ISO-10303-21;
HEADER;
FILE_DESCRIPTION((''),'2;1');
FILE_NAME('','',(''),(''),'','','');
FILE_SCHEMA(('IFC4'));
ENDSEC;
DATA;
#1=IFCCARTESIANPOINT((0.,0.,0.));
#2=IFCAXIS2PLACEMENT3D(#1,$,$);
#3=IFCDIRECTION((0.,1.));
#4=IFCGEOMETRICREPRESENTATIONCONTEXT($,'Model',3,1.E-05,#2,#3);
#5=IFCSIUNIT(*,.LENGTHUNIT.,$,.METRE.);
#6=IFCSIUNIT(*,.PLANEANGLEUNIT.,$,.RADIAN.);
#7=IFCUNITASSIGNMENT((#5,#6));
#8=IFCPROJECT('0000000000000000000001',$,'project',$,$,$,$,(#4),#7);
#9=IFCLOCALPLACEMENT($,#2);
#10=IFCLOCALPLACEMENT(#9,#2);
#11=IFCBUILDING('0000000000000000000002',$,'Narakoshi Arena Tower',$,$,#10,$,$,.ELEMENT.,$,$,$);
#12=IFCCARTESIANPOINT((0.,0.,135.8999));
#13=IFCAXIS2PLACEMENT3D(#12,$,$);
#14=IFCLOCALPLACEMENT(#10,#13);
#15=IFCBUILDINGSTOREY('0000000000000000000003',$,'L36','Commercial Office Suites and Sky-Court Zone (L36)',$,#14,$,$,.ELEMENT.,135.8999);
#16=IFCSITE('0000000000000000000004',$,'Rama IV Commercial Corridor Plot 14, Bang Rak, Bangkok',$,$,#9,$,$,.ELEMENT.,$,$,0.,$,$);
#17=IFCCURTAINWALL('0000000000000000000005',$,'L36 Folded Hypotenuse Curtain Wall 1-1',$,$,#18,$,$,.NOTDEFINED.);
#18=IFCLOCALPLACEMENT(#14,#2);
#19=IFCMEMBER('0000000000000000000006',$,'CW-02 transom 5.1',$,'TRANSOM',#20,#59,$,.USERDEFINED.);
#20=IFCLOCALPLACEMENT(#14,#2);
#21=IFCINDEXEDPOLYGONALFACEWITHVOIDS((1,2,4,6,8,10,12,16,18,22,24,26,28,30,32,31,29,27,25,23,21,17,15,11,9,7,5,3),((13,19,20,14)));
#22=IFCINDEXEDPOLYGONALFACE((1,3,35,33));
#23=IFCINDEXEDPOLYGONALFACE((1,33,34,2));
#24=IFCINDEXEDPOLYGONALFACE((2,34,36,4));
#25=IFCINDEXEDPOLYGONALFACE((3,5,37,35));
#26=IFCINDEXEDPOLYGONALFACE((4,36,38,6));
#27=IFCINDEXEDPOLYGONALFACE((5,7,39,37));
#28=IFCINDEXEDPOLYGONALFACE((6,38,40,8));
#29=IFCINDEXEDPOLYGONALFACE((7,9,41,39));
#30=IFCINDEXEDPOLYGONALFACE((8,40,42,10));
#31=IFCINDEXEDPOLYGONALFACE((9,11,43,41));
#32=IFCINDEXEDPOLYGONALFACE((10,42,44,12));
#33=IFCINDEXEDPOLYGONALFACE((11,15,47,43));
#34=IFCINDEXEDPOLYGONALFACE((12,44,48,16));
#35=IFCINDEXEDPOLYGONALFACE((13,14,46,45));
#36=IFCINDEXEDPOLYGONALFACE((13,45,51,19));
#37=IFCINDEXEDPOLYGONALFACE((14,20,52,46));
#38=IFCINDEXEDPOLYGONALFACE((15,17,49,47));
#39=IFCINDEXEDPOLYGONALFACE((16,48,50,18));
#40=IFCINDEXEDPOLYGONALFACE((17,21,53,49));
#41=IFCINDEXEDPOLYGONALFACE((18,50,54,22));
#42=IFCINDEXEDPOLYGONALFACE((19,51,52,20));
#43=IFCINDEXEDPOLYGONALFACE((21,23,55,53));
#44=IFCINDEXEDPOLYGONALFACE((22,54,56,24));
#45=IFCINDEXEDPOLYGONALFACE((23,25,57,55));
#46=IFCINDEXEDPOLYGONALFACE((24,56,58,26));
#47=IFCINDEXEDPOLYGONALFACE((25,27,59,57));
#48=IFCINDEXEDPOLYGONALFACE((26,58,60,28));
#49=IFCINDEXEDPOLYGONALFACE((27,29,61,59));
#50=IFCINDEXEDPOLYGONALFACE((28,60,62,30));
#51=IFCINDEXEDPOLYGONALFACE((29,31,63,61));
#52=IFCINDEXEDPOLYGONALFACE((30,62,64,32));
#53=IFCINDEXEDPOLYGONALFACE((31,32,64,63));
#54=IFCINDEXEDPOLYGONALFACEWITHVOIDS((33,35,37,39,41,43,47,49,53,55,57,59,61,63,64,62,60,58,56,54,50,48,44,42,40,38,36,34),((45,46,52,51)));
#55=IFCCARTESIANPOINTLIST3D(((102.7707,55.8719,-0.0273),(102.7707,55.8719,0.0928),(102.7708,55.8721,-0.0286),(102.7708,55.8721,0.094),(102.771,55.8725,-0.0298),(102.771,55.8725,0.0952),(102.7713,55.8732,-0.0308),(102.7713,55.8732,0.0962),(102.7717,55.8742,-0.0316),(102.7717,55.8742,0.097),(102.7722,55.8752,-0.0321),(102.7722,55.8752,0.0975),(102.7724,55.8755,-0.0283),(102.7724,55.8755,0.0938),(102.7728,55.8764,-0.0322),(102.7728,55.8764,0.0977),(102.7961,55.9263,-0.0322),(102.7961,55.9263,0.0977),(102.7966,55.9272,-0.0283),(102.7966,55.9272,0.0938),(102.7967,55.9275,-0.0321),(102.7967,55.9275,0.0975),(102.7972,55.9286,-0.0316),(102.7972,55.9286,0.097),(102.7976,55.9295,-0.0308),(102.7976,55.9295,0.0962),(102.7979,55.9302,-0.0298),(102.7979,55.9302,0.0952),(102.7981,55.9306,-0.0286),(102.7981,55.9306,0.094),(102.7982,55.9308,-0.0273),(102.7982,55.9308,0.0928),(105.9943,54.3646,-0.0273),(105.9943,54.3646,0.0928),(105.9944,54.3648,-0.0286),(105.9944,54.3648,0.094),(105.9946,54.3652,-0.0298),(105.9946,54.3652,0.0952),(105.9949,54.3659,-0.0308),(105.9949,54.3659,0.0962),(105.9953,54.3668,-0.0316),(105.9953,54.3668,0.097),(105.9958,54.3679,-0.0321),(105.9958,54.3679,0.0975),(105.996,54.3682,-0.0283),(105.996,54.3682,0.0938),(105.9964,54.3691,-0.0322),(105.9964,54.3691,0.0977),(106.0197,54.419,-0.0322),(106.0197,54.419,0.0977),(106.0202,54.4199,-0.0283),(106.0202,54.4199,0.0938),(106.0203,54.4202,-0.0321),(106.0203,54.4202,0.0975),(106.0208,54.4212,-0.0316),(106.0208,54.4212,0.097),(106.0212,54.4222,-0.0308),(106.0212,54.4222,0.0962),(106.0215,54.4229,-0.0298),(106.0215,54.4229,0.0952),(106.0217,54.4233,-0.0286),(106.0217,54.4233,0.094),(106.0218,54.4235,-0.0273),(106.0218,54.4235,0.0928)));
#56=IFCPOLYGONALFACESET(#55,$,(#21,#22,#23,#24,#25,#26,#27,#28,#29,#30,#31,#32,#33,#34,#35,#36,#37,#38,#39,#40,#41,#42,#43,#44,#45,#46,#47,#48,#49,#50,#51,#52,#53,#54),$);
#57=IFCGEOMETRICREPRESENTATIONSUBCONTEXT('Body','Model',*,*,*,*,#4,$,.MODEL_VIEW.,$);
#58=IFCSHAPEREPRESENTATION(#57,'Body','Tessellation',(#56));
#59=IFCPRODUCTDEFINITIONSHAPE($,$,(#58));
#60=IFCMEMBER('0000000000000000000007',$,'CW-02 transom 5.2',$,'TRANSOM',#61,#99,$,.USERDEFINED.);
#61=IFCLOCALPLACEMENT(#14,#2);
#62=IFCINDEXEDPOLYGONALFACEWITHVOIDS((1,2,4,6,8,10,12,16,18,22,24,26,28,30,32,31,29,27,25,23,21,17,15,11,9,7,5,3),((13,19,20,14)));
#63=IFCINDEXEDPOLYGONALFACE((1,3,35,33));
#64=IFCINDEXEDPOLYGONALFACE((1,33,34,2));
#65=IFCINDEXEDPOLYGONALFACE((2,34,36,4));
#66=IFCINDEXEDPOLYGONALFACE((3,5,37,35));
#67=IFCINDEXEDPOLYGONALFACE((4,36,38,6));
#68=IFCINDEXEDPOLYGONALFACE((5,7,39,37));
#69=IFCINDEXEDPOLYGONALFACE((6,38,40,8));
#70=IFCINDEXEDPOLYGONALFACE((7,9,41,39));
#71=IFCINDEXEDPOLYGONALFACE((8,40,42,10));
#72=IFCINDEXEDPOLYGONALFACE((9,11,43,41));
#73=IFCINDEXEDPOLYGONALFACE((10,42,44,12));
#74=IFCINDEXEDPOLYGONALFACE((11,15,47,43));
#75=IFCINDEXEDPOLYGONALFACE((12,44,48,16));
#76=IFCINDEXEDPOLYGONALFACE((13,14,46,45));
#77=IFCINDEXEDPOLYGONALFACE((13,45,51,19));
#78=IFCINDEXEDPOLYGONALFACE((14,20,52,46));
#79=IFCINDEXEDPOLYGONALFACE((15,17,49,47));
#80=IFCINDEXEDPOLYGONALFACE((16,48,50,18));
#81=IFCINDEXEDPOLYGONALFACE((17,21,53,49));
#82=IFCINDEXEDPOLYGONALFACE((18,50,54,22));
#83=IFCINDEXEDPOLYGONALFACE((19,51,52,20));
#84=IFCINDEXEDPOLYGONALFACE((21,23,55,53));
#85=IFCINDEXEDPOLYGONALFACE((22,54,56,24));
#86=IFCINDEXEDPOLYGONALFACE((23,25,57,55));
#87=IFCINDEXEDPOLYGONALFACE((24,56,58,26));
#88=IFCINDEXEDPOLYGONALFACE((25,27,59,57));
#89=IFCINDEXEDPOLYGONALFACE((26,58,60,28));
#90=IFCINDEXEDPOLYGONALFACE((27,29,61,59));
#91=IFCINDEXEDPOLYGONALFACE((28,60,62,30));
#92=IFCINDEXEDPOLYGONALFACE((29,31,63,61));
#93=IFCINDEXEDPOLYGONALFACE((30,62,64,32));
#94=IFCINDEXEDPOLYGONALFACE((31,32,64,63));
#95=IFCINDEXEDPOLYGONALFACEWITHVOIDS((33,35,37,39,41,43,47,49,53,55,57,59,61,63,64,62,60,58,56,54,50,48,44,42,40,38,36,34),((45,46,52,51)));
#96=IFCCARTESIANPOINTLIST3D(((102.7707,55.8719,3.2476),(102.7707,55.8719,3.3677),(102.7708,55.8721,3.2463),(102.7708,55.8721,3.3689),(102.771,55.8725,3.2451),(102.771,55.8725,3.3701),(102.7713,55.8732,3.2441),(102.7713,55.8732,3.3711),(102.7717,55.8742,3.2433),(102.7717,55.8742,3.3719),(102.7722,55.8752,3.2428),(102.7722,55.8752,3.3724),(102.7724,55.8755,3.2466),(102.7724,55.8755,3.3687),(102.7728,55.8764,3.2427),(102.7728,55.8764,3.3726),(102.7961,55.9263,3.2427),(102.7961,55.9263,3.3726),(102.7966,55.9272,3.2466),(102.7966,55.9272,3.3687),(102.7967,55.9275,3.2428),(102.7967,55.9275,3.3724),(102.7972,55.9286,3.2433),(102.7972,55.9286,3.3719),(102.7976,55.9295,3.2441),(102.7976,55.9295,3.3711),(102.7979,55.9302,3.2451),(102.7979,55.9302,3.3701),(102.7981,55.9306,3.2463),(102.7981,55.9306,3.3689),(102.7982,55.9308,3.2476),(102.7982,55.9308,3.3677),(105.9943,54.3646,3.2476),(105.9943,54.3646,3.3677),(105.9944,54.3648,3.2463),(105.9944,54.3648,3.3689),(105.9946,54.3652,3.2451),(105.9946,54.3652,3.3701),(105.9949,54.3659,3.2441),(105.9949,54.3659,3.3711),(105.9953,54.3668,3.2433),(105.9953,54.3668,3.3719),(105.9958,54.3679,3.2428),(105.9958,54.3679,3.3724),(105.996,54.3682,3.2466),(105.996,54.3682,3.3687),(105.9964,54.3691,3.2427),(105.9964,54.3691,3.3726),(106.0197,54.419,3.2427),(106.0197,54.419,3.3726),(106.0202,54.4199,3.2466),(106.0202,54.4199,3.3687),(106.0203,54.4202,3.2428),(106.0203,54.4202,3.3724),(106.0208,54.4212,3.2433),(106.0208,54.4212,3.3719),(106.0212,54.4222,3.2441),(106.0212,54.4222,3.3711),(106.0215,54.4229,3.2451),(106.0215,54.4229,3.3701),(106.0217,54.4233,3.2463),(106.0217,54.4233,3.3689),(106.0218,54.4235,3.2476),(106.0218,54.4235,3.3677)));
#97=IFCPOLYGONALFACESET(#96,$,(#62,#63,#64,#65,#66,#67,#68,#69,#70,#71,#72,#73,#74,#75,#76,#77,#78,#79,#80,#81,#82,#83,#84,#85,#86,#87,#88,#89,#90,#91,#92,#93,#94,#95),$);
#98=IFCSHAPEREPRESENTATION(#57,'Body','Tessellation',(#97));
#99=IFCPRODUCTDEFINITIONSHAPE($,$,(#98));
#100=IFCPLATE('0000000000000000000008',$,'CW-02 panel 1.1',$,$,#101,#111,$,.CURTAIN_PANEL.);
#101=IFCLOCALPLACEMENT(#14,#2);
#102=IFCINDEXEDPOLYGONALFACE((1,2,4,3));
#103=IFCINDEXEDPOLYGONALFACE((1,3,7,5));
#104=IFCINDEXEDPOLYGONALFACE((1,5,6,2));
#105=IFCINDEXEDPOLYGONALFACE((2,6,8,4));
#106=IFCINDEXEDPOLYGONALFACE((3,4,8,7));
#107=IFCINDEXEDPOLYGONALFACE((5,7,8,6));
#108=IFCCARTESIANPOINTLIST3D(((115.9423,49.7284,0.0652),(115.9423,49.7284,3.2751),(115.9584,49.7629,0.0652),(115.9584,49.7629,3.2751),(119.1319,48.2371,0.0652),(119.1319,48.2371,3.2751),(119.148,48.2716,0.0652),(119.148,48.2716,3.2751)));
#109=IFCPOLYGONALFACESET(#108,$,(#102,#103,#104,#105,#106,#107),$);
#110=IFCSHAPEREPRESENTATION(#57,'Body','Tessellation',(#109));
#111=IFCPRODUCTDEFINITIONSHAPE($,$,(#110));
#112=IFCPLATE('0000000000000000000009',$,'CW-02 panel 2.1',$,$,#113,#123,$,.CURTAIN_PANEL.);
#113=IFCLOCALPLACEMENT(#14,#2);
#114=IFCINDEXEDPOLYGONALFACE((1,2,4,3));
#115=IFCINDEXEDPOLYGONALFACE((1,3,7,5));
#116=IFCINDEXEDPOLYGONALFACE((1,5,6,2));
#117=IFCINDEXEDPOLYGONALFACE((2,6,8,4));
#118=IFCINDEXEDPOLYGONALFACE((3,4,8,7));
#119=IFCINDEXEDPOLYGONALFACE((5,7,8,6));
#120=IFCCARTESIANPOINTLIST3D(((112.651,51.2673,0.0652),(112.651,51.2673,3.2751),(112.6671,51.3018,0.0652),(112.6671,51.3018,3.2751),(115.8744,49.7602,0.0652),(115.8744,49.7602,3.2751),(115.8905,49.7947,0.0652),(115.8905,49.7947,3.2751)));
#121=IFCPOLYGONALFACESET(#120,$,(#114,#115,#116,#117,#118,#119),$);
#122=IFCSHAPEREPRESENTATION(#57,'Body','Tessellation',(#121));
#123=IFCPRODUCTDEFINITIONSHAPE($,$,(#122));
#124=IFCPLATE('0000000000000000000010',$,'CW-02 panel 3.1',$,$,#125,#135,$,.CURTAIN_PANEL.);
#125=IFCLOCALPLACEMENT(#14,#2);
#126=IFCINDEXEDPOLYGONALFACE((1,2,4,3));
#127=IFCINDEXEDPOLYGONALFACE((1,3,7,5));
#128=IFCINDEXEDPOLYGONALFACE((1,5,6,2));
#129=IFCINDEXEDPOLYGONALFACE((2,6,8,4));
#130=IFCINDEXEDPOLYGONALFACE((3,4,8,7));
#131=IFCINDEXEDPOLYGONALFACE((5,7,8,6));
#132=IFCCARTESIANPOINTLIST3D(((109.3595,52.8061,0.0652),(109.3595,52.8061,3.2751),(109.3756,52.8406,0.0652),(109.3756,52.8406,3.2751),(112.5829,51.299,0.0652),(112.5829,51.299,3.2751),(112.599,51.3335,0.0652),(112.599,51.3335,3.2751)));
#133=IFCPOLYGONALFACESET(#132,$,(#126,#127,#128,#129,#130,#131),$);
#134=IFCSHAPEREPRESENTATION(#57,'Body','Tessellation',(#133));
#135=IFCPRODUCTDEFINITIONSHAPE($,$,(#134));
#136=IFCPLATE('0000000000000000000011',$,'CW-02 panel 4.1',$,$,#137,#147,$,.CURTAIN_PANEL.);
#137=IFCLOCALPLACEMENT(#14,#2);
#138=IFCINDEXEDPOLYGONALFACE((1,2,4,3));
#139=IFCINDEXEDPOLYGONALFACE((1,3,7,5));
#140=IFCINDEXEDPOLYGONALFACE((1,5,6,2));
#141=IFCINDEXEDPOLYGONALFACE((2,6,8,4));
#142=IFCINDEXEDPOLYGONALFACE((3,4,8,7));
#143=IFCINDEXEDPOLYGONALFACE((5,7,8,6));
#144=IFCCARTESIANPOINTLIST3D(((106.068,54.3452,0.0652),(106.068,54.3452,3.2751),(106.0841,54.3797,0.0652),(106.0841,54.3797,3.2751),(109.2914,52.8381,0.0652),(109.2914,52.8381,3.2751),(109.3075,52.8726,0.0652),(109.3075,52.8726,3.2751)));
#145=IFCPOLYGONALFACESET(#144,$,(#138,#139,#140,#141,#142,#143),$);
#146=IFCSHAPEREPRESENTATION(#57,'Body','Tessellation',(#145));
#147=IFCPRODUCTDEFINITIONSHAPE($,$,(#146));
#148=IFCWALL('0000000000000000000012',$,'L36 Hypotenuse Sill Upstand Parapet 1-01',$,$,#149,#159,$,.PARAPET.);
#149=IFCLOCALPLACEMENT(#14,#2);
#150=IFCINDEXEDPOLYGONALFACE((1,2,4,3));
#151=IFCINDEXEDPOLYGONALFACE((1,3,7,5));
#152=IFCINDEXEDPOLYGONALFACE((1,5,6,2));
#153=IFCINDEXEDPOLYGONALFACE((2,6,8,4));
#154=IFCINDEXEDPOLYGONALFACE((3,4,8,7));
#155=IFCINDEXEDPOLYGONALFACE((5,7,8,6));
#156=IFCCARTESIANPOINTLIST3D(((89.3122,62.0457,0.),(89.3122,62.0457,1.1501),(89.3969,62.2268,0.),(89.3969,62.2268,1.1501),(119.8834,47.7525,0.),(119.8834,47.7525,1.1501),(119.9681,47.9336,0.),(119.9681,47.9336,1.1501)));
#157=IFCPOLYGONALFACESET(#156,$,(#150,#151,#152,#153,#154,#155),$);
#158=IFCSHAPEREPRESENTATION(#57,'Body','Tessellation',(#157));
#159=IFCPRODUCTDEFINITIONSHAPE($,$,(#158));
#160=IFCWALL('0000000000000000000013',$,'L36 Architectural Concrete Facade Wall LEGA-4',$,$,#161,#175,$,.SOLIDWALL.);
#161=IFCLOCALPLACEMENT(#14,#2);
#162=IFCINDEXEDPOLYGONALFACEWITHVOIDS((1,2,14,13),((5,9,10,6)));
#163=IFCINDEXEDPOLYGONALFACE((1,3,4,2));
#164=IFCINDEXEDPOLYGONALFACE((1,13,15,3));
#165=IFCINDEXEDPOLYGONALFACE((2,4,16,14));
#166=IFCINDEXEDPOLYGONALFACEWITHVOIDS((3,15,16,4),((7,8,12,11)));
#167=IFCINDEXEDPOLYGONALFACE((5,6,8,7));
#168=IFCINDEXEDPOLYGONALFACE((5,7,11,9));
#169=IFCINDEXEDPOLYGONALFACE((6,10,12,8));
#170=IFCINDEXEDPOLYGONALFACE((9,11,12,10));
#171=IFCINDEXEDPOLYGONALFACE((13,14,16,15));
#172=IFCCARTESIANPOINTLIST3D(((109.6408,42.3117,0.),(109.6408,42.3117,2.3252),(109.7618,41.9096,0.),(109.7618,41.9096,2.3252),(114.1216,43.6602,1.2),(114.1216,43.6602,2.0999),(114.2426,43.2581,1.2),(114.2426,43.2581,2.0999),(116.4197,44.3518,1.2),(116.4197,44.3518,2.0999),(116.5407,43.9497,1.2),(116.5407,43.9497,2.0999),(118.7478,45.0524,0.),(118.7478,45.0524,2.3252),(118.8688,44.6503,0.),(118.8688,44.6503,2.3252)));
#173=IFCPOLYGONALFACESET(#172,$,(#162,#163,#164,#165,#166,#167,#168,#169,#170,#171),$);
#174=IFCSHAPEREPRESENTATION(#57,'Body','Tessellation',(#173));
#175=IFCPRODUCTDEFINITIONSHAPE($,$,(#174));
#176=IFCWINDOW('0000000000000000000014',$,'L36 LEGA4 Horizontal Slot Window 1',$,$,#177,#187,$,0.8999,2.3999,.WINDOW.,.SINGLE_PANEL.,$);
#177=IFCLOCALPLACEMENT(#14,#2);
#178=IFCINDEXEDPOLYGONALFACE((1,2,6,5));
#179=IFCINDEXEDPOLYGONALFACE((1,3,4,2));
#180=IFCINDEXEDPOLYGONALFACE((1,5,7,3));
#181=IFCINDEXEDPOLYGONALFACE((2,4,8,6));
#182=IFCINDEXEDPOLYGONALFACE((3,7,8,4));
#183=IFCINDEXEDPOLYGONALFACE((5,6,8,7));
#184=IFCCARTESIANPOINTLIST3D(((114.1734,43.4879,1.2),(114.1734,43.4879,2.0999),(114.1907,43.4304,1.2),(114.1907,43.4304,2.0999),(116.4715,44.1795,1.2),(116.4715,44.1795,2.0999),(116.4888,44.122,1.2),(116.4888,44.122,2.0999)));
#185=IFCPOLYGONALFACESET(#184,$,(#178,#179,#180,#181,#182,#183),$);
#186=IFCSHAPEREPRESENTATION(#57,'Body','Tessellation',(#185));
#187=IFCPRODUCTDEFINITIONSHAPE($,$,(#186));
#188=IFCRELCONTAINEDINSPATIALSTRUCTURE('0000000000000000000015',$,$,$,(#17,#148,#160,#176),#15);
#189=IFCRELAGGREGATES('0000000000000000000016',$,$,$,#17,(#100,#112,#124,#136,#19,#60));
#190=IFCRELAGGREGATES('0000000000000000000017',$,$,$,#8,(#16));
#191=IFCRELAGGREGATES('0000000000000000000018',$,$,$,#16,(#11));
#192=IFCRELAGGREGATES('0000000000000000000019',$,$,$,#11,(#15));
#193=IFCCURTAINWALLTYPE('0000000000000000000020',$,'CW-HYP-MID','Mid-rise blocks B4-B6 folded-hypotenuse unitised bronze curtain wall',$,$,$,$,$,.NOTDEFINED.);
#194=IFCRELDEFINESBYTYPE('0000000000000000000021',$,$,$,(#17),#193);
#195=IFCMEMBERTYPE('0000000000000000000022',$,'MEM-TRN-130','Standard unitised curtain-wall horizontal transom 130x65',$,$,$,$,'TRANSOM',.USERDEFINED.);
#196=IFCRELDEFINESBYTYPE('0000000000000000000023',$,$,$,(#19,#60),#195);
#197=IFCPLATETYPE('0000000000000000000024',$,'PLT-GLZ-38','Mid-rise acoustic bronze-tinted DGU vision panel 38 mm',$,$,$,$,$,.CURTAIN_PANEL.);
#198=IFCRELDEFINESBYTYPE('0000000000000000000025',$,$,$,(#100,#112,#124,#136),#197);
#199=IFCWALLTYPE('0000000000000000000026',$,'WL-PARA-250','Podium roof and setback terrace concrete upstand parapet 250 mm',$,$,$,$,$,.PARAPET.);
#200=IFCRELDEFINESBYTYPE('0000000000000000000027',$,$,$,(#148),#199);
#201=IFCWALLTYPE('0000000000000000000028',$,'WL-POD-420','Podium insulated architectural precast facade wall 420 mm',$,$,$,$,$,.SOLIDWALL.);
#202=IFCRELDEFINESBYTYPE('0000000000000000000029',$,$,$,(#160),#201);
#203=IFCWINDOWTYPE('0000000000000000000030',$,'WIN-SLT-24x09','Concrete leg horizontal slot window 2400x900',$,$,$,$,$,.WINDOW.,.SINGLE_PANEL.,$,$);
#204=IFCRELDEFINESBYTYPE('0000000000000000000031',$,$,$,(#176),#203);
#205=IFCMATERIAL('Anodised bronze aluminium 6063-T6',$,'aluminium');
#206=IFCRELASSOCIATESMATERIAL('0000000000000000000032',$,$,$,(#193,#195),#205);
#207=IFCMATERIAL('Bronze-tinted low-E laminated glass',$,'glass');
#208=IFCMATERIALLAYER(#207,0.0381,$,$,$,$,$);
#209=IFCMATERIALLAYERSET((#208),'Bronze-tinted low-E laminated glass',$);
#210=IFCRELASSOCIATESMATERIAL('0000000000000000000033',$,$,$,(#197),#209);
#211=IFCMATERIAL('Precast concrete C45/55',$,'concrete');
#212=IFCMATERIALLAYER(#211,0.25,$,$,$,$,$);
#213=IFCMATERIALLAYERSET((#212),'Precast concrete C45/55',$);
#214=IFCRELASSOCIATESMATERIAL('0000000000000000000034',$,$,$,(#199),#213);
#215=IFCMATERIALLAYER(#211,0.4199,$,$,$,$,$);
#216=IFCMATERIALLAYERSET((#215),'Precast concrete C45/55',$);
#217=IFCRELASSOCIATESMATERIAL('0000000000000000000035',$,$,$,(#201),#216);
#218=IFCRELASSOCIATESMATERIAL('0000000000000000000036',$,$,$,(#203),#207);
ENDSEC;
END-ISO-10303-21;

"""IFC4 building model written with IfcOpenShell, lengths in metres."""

from ifc_helpers import new_model, si_unit, direction, frame, frame_2d, origin, origin_2d, place, context, subcontext, project, spatial, rectangle, hollow_rectangle, extrude, material, layer, layer_set, material_profile, profile_set, type_object, element, fill, aggregate, save


model = new_model("IFC4")

# Units and contexts
model_context = context("Model", 3, precision=1e-05, world=origin(), true_north=direction((0.0, 1.0)))
body_context = subcontext(model_context, "Body", "Model", "MODEL_VIEW")
ifc_project = project(units=[si_unit("LENGTHUNIT", "METRE"), si_unit("PLANEANGLEUNIT", "RADIAN")], contexts=[model_context])

# Site, building, storey
site_placement = place(None, origin())
site = spatial("IfcSite", under=ifc_project, at=site_placement, Name="Rama IV Commercial Corridor Plot 14, Bang Rak, Bangkok", CompositionType="ELEMENT", RefElevation=0.0)
building_placement = place(site_placement, origin())
building = spatial("IfcBuilding", under=site, at=building_placement, Name="Narakoshi Arena Tower", CompositionType="ELEMENT")
storey_placement = place(building_placement, frame((0.0, 0.0, 135.8999)))
storey = spatial("IfcBuildingStorey", under=building, at=storey_placement, Name="L36", Description="Commercial Office Suites and Sky-Court Zone (L36)", CompositionType="ELEMENT", Elevation=135.8999)

# Curtain wall, members, plates
ifc_material_1 = material(Name="Anodised bronze aluminium 6063-T6", Category="aluminium")
curtain_wall_type = type_object("IfcCurtainWallType", Name="CW-HYP-MID", Description="Mid-rise blocks B4-B6 folded-hypotenuse unitised bronze curtain wall", PredefinedType="NOTDEFINED", material=ifc_material_1)
curtain_wall_placement = place(storey_placement, origin())
curtain_wall = element("IfcCurtainWall", 1, at=curtain_wall_placement, inside=storey, type_object=curtain_wall_type, Name="L36 Folded Hypotenuse Curtain Wall 1-1", PredefinedType="NOTDEFINED")
ifc_material_profile_1 = material_profile(ifc_material_1, hollow_rectangle(XDim=0.0649, YDim=0.1299, WallThickness=0.0039, OuterFilletRadius=0.0049, at=origin_2d()), Name="TRN130x65x4")
ifc_profile_set_1 = profile_set([ifc_material_profile_1], Name="Anodised bronze aluminium 6063-T6")
member_type_1 = type_object("IfcMemberType", Name="MEM-TRN-130", Description="Standard unitised curtain-wall horizontal transom 130x65", ElementType="TRANSOM", PredefinedType="USERDEFINED", material=ifc_profile_set_1)
member_1_placement = place(storey_placement, frame((106.0081, 54.394, 0.0327), z_axis=(-0.905864, 0.423569, 0.0), x_axis=(-0.423569, -0.905864, 0.0)))
member_1 = element("IfcMember", 2, at=member_1_placement, type_object=member_type_1, Name="CW-02 transom 5.1", ObjectType="TRANSOM", PredefinedType="USERDEFINED", context=body_context, shape_type="SweptSolid", body=[
    extrude(hollow_rectangle(XDim=0.0649, YDim=0.1299, WallThickness=0.0039, OuterFilletRadius=0.0049, at=origin_2d()), origin(), (0.0, 0.0, 1.0), 3.5586),
])
member_2_placement = place(storey_placement, frame((106.0081, 54.394, 3.3076), z_axis=(-0.905864, 0.423569, 0.0), x_axis=(-0.423569, -0.905864, 0.0)))
member_2 = element("IfcMember", 3, at=member_2_placement, type_object=member_type_1, Name="CW-02 transom 5.2", ObjectType="TRANSOM", PredefinedType="USERDEFINED", context=body_context, shape_type="SweptSolid", body=[
    extrude(hollow_rectangle(XDim=0.0649, YDim=0.1299, WallThickness=0.0039, OuterFilletRadius=0.0049, at=origin_2d()), origin(), (0.0, 0.0, 1.0), 3.5586),
])
ifc_material_2 = material(Name="Bronze-tinted low-E laminated glass", Category="glass")
ifc_layer_1 = layer(ifc_material_2, 0.0381)
ifc_layer_set_1 = layer_set([ifc_layer_1], Name="Bronze-tinted low-E laminated glass")
plate_type = type_object("IfcPlateType", Name="PLT-GLZ-38", Description="Mid-rise acoustic bronze-tinted DGU vision panel 38 mm", PredefinedType="CURTAIN_PANEL", material=ifc_layer_set_1)
plate_1_placement = place(storey_placement, frame((117.5452, 49.0, 0.0652), z_axis=(0.0, 0.0, 1.0), x_axis=(-0.905881, 0.423532, 0.0)))
plate_1 = element("IfcPlate", 4, at=plate_1_placement, type_object=plate_type, Name="CW-02 panel 1.1", PredefinedType="CURTAIN_PANEL", context=body_context, shape_type="SweptSolid", body=[
    extrude(rectangle(XDim=3.521, YDim=0.0381, at=origin_2d()), origin(), (0.0, 0.0, 1.0), 3.21),
])
plate_2_placement = place(storey_placement, frame((114.2708, 50.531, 0.0652), z_axis=(0.0, 0.0, 1.0), x_axis=(-0.905881, 0.423532, 0.0)))
plate_2 = element("IfcPlate", 5, at=plate_2_placement, type_object=plate_type, Name="CW-02 panel 2.1", PredefinedType="CURTAIN_PANEL", context=body_context, shape_type="SweptSolid", body=[
    extrude(rectangle(XDim=3.5583, YDim=0.0381, at=origin_2d()), origin(), (0.0, 0.0, 1.0), 3.21),
])
plate_3_placement = place(storey_placement, frame((110.9792, 52.0698, 0.0652), z_axis=(0.0, 0.0, 1.0), x_axis=(-0.905881, 0.423532, 0.0)))
plate_3 = element("IfcPlate", 6, at=plate_3_placement, type_object=plate_type, Name="CW-02 panel 3.1", PredefinedType="CURTAIN_PANEL", context=body_context, shape_type="SweptSolid", body=[
    extrude(rectangle(XDim=3.5583, YDim=0.0381, at=origin_2d()), origin(), (0.0, 0.0, 1.0), 3.21),
])
plate_4_placement = place(storey_placement, frame((107.6877, 53.6089, 0.0652), z_axis=(0.0, 0.0, 1.0), x_axis=(-0.905881, 0.423532, 0.0)))
plate_4 = element("IfcPlate", 7, at=plate_4_placement, type_object=plate_type, Name="CW-02 panel 4.1", PredefinedType="CURTAIN_PANEL", context=body_context, shape_type="SweptSolid", body=[
    extrude(rectangle(XDim=3.5583, YDim=0.0381, at=origin_2d()), origin(), (0.0, 0.0, 1.0), 3.21),
])
aggregate(curtain_wall, [plate_1, plate_2, plate_3, plate_4, member_1, member_2])

# Wall
ifc_material_3 = material(Name="Precast concrete C45/55", Category="concrete")
ifc_layer_2 = layer(ifc_material_3, 0.25)
ifc_layer_set_2 = layer_set([ifc_layer_2], Name="Precast concrete C45/55")
wall_type_1 = type_object("IfcWallType", Name="WL-PARA-250", Description="Podium roof and setback terrace concrete upstand parapet 250 mm", PredefinedType="PARAPET", material=ifc_layer_set_2)
wall_1_placement = place(storey_placement, frame((119.9258, 47.843, 0.0), z_axis=(0.0, 0.0, 1.0), x_axis=(-0.905881, 0.423533, 0.0)))
element("IfcWall", 8, at=wall_1_placement, inside=storey, type_object=wall_type_1, Name="L36 Hypotenuse Sill Upstand Parapet 1-01", PredefinedType="PARAPET", context=body_context, shape_type="SweptSolid", body=[
    extrude(rectangle(XDim=33.7476, YDim=0.2, at=frame_2d((16.8738, 0.0))), origin(), (0.0, 0.0, 1.0), 1.1501),
])

# Wall, opening, window
ifc_layer_3 = layer(ifc_material_3, 0.4199)
ifc_layer_set_3 = layer_set([ifc_layer_3], Name="Precast concrete C45/55")
wall_type_2 = type_object("IfcWallType", Name="WL-POD-420", Description="Podium insulated architectural precast facade wall 420 mm", PredefinedType="SOLIDWALL", material=ifc_layer_set_3)
wall_2_placement = place(storey_placement, frame((109.7012, 42.1106, 0.0), z_axis=(0.0, 0.0, 1.0), x_axis=(0.957576, 0.288181, 0.0)))
wall_2 = element("IfcWall", 9, at=wall_2_placement, inside=storey, type_object=wall_type_2, Name="L36 Architectural Concrete Facade Wall LEGA-4", PredefinedType="SOLIDWALL", context=body_context, shape_type="SweptSolid", body=[
    extrude(rectangle(XDim=9.5105, YDim=0.4199, at=frame_2d((4.7554, 0.0))), origin(), (0.0, 0.0, 1.0), 2.3252),
])
opening_1_placement = place(wall_2_placement, frame((4.6794, 0.0, 1.2)))
opening_1 = element("IfcOpeningElement", 10, at=opening_1_placement, cuts=wall_2, PredefinedType="OPENING", context=body_context, shape_type="SweptSolid", body=[
    extrude(rectangle(XDim=2.3999, YDim=0.8999, at=frame_2d((1.2, 0.45))), frame((0.0, 0.22, 0.0), z_axis=(0.0, -1.0, 0.0), x_axis=(1.0, 0.0, 0.0)), (0.0, 0.0, 1.0), 0.4399),
])
window_type = type_object("IfcWindowType", Name="WIN-SLT-24x09", Description="Concrete leg horizontal slot window 2400x900", PartitioningType="SINGLE_PANEL", PredefinedType="WINDOW", material=ifc_material_2)
window_placement = place(opening_1_placement, origin())
window = element("IfcWindow", 11, at=window_placement, inside=storey, type_object=window_type, Name="L36 LEGA4 Horizontal Slot Window 1", OverallHeight=0.8999, OverallWidth=2.3999, PartitioningType="SINGLE_PANEL", PredefinedType="WINDOW", context=body_context, shape_type="SweptSolid", body=[
    extrude(rectangle(XDim=2.3999, YDim=0.8999, at=frame_2d((1.2, 0.45))), frame((0.0, 0.03, 0.0), z_axis=(0.0, -1.0, 0.0), x_axis=(1.0, 0.0, 0.0)), (0.0, 0.0, 1.0), 0.0601),
])
fill(opening_1, window)

save(model, "model.ifc")
